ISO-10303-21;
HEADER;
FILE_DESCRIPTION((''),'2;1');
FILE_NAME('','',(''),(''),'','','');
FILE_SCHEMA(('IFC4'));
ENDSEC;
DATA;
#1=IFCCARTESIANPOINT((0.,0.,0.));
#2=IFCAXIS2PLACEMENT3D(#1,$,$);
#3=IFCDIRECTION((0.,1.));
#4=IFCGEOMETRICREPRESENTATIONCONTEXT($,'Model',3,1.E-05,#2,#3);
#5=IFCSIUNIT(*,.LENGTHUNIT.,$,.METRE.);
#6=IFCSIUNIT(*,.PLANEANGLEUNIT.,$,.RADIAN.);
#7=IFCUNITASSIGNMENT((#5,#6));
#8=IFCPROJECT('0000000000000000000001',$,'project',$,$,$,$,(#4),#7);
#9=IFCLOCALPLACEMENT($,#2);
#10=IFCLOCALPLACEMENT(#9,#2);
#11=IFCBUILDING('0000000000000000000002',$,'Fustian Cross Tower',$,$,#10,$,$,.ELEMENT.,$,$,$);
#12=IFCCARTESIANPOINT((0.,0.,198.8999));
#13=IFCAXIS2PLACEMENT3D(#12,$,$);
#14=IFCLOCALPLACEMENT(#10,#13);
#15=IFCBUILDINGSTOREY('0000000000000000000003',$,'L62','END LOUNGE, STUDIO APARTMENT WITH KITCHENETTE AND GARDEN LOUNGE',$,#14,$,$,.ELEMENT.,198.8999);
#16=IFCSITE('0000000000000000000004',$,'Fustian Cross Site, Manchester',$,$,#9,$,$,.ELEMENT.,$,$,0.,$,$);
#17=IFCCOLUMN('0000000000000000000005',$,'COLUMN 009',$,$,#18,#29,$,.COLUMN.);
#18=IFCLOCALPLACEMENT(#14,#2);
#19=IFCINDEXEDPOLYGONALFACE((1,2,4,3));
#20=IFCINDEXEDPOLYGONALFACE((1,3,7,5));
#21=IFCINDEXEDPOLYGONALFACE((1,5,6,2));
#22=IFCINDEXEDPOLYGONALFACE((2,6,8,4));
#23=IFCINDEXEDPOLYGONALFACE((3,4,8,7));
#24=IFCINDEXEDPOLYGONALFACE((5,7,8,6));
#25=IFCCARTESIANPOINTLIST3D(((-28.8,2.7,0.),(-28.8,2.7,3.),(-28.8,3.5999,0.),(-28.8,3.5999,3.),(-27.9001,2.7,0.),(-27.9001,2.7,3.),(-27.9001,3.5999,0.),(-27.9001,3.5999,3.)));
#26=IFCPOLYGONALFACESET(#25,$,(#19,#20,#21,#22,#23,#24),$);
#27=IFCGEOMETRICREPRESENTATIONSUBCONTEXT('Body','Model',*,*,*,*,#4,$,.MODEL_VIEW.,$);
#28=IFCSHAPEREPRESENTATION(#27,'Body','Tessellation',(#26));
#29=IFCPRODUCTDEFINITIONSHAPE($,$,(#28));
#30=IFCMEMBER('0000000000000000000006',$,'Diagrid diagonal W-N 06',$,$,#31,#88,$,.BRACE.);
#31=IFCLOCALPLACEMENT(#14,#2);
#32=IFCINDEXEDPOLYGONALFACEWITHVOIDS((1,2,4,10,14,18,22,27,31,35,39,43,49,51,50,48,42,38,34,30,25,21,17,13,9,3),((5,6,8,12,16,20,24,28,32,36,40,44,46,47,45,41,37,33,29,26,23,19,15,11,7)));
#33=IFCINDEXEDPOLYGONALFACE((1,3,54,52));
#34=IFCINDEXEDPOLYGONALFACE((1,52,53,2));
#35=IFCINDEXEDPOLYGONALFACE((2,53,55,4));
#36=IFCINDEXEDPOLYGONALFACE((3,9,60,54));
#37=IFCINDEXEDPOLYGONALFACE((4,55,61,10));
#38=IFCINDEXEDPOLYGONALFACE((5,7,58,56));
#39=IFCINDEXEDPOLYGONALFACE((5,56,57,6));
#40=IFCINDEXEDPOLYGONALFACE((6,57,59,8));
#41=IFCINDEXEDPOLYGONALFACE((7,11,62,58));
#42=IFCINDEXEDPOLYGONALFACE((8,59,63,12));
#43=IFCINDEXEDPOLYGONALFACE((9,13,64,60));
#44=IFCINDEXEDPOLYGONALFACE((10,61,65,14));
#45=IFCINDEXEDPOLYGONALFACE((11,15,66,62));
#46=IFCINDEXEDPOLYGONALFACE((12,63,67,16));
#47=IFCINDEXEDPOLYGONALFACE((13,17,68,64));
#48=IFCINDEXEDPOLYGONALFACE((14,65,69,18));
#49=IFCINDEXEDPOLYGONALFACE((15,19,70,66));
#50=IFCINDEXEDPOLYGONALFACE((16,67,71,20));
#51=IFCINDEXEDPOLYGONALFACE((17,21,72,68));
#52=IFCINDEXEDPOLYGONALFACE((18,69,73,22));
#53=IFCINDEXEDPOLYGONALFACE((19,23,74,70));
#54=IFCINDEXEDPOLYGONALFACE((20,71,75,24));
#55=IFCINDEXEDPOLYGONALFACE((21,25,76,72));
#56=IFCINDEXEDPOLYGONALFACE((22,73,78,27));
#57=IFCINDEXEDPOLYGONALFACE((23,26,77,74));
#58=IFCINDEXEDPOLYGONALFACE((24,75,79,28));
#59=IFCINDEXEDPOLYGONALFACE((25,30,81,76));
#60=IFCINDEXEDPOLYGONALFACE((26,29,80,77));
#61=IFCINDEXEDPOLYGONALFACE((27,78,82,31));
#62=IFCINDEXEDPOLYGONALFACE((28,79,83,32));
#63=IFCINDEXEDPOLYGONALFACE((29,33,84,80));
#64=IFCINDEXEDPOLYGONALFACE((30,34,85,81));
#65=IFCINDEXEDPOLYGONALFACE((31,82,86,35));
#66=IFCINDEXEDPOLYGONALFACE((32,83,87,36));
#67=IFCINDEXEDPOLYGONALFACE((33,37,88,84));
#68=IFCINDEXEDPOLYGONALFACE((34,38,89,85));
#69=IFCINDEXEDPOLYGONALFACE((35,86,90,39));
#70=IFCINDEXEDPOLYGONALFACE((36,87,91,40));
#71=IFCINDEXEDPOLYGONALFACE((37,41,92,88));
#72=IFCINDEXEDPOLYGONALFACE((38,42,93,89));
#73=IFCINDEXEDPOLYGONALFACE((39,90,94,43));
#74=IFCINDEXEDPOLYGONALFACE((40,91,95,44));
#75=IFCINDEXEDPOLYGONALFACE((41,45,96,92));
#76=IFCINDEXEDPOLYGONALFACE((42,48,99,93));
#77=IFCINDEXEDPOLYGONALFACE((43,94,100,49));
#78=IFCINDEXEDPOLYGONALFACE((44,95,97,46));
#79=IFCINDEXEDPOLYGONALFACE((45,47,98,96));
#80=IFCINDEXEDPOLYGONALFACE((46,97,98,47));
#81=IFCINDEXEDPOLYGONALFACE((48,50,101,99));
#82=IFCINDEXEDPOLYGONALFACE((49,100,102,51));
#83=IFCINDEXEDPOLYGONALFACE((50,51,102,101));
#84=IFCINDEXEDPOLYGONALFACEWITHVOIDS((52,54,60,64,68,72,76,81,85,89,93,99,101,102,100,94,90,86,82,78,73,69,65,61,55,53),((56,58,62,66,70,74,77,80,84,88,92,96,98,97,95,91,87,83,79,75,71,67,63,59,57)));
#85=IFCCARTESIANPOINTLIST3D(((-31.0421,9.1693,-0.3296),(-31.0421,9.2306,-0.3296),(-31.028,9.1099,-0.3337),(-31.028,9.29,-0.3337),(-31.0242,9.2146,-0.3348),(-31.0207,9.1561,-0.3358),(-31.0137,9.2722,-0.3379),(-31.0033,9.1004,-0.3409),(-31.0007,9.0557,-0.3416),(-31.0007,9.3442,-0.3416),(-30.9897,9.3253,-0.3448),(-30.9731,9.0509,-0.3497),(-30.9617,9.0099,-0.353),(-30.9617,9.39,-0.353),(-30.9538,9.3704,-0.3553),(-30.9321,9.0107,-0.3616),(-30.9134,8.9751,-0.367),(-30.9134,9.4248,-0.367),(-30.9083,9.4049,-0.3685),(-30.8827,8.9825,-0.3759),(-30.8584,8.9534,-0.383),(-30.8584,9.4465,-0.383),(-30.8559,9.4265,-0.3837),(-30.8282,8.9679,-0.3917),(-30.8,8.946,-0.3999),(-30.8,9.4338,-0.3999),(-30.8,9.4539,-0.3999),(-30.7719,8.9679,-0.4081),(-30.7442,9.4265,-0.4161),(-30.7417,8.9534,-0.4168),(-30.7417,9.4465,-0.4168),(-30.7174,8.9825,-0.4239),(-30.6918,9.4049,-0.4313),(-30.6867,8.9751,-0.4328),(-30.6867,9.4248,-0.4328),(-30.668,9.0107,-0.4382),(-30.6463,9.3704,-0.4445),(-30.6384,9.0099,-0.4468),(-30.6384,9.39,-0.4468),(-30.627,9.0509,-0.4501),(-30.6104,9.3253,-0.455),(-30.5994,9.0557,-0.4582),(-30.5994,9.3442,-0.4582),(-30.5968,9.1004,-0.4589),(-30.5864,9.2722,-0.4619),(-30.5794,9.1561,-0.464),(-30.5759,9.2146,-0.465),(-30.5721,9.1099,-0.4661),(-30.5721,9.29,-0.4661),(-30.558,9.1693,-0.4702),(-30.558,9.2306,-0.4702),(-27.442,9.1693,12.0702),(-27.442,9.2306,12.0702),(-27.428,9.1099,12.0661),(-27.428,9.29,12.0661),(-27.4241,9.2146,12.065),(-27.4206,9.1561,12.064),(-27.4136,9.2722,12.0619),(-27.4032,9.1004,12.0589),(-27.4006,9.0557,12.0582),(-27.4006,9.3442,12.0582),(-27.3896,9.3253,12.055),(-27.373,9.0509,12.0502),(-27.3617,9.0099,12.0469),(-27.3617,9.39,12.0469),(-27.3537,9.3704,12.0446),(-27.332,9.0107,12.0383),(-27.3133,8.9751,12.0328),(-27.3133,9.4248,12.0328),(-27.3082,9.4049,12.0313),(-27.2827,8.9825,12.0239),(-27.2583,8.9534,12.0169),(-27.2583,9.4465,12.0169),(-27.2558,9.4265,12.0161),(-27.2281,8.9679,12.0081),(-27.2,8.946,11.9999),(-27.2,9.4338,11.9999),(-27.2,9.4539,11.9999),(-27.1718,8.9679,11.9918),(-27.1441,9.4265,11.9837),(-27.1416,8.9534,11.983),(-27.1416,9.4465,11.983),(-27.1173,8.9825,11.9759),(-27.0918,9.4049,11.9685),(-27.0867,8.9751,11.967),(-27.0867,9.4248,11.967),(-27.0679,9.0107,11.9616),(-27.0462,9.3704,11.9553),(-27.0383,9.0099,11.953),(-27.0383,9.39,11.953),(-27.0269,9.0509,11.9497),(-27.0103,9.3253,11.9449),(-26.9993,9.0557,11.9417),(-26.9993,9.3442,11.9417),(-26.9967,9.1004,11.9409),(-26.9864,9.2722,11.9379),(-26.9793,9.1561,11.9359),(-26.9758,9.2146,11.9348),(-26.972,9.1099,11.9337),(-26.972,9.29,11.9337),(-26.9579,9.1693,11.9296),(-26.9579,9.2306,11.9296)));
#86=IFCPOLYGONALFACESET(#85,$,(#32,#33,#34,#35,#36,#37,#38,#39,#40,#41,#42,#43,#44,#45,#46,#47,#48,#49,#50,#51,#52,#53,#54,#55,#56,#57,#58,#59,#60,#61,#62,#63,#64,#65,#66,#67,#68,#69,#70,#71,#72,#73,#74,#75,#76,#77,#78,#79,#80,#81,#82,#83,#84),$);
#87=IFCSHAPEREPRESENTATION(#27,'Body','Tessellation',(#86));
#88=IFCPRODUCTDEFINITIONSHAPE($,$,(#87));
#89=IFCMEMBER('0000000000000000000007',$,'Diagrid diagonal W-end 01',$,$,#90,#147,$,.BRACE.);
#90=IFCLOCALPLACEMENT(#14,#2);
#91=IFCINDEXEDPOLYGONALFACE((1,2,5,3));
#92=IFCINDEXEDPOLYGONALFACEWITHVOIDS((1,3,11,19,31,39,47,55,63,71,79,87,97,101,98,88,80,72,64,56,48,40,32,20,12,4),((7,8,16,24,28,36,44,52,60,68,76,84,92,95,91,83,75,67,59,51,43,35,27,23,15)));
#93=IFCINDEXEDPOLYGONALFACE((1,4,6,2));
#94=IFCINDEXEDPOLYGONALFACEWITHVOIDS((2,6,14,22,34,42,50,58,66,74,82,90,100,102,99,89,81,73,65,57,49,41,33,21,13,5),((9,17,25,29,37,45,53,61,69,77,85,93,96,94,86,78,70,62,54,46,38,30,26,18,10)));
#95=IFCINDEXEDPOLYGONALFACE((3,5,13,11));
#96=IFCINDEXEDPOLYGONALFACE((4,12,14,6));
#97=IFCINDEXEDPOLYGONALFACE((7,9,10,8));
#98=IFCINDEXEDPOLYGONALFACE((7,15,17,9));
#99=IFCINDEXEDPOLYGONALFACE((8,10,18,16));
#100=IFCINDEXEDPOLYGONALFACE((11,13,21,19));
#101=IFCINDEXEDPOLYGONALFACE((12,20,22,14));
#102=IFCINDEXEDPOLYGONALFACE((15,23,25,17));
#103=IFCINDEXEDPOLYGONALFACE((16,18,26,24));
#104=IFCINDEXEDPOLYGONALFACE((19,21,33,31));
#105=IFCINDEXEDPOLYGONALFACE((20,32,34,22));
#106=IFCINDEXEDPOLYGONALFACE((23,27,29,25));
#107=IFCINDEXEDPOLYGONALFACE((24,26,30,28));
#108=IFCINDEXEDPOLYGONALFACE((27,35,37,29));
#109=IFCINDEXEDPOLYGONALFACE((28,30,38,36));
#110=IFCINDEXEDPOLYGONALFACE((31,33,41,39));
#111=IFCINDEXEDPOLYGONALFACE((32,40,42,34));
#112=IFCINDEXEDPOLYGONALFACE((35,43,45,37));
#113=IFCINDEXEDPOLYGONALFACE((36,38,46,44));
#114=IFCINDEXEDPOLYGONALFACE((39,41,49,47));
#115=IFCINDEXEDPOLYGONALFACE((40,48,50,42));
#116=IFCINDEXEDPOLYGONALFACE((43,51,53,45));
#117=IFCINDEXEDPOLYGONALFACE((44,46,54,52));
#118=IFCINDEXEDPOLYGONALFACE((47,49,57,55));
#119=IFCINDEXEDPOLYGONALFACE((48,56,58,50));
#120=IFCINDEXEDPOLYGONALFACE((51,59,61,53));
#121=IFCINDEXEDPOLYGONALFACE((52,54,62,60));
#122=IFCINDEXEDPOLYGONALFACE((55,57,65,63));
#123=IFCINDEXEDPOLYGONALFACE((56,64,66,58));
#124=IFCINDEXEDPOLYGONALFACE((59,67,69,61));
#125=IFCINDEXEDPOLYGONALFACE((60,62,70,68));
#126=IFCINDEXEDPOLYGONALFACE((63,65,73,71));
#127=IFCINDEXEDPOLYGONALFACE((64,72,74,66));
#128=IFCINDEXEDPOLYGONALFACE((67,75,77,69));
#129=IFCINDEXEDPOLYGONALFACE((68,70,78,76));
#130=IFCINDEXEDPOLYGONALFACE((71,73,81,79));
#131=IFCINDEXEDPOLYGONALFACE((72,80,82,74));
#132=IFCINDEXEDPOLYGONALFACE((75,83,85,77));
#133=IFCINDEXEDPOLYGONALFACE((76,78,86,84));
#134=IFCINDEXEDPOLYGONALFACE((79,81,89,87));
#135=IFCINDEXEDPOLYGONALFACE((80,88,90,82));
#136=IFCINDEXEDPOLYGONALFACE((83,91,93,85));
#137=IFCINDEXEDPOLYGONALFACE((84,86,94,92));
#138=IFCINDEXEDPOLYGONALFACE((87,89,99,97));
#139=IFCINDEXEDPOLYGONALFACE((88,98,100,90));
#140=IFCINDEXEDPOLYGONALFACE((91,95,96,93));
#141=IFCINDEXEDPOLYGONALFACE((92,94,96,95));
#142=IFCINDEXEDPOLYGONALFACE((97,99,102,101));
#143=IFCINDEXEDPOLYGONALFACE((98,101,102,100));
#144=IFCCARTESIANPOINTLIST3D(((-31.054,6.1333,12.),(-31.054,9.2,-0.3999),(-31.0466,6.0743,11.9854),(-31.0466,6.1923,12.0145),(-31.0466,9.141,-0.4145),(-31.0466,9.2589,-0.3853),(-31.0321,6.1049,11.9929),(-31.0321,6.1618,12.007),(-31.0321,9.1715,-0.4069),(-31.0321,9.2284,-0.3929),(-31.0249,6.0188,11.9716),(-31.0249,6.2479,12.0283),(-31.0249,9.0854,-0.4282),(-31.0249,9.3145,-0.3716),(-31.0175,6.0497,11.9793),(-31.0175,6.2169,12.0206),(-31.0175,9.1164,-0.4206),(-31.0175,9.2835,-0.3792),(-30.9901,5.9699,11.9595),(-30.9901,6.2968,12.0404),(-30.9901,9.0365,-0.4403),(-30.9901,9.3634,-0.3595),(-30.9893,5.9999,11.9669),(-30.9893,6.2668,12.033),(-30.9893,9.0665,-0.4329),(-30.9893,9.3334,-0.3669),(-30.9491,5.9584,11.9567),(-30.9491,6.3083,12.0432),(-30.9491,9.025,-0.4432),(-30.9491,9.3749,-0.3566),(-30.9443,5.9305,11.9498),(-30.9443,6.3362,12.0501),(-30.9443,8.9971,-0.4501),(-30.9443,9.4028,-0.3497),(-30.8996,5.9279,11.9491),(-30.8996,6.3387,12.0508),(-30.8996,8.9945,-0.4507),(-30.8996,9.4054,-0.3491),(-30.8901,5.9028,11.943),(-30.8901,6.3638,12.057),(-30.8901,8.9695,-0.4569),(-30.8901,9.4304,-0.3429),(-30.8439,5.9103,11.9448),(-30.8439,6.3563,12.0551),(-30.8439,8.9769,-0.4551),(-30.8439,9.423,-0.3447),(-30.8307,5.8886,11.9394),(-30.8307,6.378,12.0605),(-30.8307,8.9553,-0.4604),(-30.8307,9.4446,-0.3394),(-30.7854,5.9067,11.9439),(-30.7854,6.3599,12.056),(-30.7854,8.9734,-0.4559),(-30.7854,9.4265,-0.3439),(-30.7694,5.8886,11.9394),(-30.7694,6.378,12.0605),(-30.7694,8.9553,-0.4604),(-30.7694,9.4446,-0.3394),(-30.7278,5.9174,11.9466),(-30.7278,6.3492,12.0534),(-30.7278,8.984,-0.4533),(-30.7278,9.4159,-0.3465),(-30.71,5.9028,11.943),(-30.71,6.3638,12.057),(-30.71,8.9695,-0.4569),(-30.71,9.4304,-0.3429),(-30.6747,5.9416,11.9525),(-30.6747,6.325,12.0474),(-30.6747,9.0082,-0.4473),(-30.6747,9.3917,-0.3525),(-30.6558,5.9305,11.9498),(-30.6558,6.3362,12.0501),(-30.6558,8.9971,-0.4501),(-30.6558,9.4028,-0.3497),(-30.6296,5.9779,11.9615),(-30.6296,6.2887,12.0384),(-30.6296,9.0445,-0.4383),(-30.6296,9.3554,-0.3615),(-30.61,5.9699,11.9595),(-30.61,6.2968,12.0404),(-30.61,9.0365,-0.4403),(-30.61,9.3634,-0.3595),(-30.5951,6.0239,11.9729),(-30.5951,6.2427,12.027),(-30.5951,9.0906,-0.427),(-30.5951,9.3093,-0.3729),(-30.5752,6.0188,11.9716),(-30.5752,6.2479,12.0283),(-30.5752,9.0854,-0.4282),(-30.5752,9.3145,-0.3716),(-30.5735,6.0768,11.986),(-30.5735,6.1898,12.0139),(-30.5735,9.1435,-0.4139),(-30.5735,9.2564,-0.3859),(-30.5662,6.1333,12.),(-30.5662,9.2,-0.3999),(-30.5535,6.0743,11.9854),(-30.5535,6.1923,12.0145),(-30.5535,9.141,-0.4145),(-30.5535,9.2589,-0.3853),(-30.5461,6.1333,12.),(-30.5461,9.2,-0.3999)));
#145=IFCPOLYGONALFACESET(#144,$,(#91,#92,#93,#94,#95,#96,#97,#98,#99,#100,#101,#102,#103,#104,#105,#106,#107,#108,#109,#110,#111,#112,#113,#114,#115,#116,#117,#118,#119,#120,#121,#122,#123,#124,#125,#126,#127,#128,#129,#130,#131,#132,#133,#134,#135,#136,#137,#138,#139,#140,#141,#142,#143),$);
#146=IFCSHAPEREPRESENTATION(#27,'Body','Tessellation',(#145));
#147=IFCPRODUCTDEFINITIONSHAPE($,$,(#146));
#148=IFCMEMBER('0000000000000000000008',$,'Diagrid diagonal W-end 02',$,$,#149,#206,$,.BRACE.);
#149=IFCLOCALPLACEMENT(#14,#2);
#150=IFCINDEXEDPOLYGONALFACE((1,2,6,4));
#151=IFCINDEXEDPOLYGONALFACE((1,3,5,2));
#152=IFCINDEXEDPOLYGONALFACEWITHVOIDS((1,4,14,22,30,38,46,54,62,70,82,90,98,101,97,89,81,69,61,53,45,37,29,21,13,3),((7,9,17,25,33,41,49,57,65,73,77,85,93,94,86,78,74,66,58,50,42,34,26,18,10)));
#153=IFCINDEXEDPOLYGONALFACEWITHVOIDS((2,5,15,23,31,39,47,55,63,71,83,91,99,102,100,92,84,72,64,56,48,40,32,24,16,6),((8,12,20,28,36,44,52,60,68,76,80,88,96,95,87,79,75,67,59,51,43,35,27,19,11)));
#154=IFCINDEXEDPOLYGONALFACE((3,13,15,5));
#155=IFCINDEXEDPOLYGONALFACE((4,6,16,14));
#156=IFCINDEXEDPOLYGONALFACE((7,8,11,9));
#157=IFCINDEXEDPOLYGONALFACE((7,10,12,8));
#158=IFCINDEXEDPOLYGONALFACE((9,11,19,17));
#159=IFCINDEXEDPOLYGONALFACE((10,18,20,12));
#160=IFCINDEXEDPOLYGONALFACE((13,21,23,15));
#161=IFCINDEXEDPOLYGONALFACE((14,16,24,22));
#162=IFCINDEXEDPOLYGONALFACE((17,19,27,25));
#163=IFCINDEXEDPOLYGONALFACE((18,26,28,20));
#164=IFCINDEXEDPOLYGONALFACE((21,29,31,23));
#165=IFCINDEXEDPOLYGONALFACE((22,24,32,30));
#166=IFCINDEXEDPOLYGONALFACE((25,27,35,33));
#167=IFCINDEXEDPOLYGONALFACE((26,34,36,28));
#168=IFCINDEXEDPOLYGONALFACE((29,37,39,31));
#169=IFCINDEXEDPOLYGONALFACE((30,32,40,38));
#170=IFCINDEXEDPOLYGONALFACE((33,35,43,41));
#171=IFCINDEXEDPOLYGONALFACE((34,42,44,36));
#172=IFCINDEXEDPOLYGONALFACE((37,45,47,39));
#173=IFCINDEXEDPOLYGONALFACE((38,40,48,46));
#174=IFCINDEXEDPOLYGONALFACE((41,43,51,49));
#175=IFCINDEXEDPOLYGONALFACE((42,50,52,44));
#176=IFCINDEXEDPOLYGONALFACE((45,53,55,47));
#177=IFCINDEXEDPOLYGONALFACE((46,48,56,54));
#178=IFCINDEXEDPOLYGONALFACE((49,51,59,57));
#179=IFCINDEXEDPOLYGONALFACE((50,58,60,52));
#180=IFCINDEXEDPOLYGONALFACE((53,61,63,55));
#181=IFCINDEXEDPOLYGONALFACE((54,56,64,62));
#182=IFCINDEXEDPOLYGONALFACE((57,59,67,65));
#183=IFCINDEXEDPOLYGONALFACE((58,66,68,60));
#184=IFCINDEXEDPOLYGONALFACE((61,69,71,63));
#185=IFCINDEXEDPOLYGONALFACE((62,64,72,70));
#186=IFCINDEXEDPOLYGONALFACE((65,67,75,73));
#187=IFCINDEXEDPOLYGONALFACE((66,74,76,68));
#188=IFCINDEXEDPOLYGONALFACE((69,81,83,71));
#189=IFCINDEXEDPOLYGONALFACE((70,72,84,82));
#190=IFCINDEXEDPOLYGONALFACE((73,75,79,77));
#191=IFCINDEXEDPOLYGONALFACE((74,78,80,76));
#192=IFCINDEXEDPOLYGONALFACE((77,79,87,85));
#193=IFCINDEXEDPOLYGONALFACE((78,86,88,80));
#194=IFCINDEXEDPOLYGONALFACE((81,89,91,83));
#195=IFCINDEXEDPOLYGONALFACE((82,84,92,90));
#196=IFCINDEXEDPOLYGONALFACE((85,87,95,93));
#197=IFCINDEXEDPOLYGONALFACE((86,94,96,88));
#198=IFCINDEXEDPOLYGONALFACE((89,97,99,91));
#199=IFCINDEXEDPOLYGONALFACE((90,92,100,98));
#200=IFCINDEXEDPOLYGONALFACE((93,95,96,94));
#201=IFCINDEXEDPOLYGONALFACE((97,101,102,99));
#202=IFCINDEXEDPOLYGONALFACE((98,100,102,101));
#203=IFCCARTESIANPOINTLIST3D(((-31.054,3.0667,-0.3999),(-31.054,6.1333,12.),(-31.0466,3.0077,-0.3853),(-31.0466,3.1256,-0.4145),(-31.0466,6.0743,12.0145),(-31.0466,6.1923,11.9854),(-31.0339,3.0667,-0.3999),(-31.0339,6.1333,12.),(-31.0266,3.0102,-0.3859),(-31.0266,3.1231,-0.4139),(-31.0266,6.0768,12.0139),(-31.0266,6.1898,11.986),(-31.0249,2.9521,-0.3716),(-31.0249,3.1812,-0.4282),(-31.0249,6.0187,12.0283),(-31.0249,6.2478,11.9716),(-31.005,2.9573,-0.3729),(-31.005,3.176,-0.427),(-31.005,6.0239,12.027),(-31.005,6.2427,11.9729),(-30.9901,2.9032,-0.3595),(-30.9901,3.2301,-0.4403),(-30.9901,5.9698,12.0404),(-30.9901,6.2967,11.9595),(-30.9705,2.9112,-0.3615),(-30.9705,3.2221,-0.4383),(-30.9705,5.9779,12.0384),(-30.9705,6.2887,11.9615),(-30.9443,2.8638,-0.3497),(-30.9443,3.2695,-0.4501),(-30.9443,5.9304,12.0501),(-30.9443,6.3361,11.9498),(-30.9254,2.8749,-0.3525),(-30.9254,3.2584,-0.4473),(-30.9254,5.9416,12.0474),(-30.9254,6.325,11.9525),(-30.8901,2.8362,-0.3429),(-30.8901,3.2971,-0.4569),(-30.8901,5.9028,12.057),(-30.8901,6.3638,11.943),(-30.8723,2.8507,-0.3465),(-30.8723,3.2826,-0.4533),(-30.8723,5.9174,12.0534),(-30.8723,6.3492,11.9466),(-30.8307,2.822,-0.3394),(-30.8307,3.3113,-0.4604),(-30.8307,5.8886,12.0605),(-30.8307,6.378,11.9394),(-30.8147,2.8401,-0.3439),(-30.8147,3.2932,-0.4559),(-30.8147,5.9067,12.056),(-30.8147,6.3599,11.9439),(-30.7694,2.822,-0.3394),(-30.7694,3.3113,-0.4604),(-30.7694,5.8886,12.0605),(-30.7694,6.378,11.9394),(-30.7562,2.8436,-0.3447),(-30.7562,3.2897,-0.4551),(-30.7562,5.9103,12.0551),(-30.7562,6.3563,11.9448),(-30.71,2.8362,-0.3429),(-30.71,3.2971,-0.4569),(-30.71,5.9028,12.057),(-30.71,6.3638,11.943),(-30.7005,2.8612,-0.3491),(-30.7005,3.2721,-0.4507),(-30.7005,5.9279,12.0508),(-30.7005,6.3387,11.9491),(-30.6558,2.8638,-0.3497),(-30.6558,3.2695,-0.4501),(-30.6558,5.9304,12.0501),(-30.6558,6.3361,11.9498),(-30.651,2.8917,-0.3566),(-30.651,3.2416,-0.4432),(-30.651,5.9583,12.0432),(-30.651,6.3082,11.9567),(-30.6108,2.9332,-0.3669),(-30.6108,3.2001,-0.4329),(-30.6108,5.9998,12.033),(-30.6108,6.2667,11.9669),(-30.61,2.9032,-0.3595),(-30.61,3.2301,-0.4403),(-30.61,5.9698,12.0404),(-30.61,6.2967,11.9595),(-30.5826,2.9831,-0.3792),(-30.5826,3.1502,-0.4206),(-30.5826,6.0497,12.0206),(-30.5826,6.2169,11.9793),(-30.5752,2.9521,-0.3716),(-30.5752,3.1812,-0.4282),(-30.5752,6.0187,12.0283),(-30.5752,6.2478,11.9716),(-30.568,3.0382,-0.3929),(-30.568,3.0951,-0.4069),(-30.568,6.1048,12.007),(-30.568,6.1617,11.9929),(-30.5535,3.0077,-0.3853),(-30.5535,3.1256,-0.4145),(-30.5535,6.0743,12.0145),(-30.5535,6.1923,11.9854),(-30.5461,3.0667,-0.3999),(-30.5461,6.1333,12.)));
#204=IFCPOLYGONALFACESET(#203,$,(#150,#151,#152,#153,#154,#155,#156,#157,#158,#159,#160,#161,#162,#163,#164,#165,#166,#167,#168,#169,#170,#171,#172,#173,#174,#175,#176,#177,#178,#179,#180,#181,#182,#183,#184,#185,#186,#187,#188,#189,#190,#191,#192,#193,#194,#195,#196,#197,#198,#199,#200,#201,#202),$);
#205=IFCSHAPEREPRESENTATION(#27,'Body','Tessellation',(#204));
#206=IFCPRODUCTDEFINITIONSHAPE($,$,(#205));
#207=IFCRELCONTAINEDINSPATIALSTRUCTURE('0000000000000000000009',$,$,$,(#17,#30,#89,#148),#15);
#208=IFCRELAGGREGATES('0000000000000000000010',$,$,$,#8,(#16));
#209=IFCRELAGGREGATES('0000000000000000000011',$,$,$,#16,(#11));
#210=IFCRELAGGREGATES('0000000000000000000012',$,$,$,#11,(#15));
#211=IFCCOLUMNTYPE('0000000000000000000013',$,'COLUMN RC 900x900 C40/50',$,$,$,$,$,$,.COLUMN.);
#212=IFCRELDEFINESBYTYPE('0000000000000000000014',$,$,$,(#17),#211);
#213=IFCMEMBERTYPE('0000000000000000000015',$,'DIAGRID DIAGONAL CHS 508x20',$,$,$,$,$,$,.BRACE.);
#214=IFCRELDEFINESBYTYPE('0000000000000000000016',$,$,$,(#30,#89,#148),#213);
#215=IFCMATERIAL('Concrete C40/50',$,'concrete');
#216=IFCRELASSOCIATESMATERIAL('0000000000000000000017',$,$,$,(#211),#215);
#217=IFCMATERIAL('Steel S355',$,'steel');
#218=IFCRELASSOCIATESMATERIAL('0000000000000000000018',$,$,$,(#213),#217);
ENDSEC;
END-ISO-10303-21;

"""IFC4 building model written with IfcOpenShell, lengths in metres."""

from ifc_helpers import new_model, si_unit, direction, frame, origin, origin_2d, place, context, subcontext, project, spatial, rectangle, hollow_circle, extrude, material, material_profile, profile_set, type_object, element, save


model = new_model("IFC4")

# Units and contexts
model_context = context("Model", 3, precision=1e-05, world=origin(), true_north=direction((0.0, 1.0)))
body_context = subcontext(model_context, "Body", "Model", "MODEL_VIEW")
ifc_project = project(units=[si_unit("LENGTHUNIT", "METRE"), si_unit("PLANEANGLEUNIT", "RADIAN")], contexts=[model_context])

# Site, building, storey
site_placement = place(None, origin())
site = spatial("IfcSite", under=ifc_project, at=site_placement, Name="Fustian Cross Site, Manchester", CompositionType="ELEMENT", RefElevation=0.0)
building_placement = place(site_placement, origin())
building = spatial("IfcBuilding", under=site, at=building_placement, Name="Fustian Cross Tower", CompositionType="ELEMENT")
storey_placement = place(building_placement, frame((0.0, 0.0, 198.8999)))
storey = spatial("IfcBuildingStorey", under=building, at=storey_placement, Name="L62", Description="END LOUNGE, STUDIO APARTMENT WITH KITCHENETTE AND GARDEN LOUNGE", CompositionType="ELEMENT", Elevation=198.8999)

# Column
ifc_material_1 = material(Name="Concrete C40/50", Category="concrete")
ifc_material_profile_1 = material_profile(ifc_material_1, rectangle(XDim=0.8999, YDim=0.8999, at=origin_2d()), Name="RC 900x900")
ifc_profile_set_1 = profile_set([ifc_material_profile_1], Name="Concrete C40/50")
column_type = type_object("IfcColumnType", Name="COLUMN RC 900x900 C40/50", PredefinedType="COLUMN", material=ifc_profile_set_1)
column_placement = place(storey_placement, frame((-28.3501, 3.1499, 0.0), z_axis=(0.0, 0.0, 1.0), x_axis=(1.0, 0.0, 0.0)))
element("IfcColumn", 1, at=column_placement, inside=storey, type_object=column_type, Name="COLUMN 009", PredefinedType="COLUMN", context=body_context, shape_type="SweptSolid", body=[
    extrude(rectangle(XDim=0.8999, YDim=0.8999, at=origin_2d()), origin(), (0.0, 0.0, 1.0), 3.0),
])

# Members
ifc_material_2 = material(Name="Steel S355", Category="steel")
ifc_material_profile_2 = material_profile(ifc_material_2, hollow_circle(Radius=0.2539, WallThickness=0.02, at=origin_2d()), Name="CHS 508x20")
ifc_profile_set_2 = profile_set([ifc_material_profile_2], Name="Steel S355")
member_type_1 = type_object("IfcMemberType", Name="DIAGRID DIAGONAL CHS 508x20", PredefinedType="BRACE", material=ifc_profile_set_2)
member_1_placement = place(storey_placement, frame((-30.8, 9.2, -0.3999), z_axis=(0.278819, 0.0, 0.960344), x_axis=(0.0, 1.0, 0.0)))
element("IfcMember", 2, at=member_1_placement, inside=storey, type_object=member_type_1, Name="Diagrid diagonal W-N 06", PredefinedType="BRACE", context=body_context, shape_type="SweptSolid", body=[
    extrude(hollow_circle(Radius=0.2539, WallThickness=0.02, at=origin_2d()), origin(), (0.0, 0.0, 1.0), 12.9119),
])
for number, where, z_axis, x_axis, name in (
    (3, (-30.8, 9.2, -0.3999), (0.0, -0.240079, 0.970753), (1.0, 0.0, 0.0), "Diagrid diagonal W-end 01"),
    (4, (-30.8, 3.0667, -0.3999), (0.0, 0.240079, 0.970753), (-1.0, 0.0, 0.0), "Diagrid diagonal W-end 02"),
):
    element("IfcMember", number, at=place(storey_placement, frame(where, z_axis=z_axis, x_axis=x_axis)), inside=storey, type_object=member_type_1, Name=name, PredefinedType="BRACE", context=body_context, shape_type="SweptSolid", body=[
        extrude(hollow_circle(Radius=0.2539, WallThickness=0.02, at=origin_2d()), origin(), (0.0, 0.0, 1.0), 12.7734),
    ])

save(model, "model.ifc")
